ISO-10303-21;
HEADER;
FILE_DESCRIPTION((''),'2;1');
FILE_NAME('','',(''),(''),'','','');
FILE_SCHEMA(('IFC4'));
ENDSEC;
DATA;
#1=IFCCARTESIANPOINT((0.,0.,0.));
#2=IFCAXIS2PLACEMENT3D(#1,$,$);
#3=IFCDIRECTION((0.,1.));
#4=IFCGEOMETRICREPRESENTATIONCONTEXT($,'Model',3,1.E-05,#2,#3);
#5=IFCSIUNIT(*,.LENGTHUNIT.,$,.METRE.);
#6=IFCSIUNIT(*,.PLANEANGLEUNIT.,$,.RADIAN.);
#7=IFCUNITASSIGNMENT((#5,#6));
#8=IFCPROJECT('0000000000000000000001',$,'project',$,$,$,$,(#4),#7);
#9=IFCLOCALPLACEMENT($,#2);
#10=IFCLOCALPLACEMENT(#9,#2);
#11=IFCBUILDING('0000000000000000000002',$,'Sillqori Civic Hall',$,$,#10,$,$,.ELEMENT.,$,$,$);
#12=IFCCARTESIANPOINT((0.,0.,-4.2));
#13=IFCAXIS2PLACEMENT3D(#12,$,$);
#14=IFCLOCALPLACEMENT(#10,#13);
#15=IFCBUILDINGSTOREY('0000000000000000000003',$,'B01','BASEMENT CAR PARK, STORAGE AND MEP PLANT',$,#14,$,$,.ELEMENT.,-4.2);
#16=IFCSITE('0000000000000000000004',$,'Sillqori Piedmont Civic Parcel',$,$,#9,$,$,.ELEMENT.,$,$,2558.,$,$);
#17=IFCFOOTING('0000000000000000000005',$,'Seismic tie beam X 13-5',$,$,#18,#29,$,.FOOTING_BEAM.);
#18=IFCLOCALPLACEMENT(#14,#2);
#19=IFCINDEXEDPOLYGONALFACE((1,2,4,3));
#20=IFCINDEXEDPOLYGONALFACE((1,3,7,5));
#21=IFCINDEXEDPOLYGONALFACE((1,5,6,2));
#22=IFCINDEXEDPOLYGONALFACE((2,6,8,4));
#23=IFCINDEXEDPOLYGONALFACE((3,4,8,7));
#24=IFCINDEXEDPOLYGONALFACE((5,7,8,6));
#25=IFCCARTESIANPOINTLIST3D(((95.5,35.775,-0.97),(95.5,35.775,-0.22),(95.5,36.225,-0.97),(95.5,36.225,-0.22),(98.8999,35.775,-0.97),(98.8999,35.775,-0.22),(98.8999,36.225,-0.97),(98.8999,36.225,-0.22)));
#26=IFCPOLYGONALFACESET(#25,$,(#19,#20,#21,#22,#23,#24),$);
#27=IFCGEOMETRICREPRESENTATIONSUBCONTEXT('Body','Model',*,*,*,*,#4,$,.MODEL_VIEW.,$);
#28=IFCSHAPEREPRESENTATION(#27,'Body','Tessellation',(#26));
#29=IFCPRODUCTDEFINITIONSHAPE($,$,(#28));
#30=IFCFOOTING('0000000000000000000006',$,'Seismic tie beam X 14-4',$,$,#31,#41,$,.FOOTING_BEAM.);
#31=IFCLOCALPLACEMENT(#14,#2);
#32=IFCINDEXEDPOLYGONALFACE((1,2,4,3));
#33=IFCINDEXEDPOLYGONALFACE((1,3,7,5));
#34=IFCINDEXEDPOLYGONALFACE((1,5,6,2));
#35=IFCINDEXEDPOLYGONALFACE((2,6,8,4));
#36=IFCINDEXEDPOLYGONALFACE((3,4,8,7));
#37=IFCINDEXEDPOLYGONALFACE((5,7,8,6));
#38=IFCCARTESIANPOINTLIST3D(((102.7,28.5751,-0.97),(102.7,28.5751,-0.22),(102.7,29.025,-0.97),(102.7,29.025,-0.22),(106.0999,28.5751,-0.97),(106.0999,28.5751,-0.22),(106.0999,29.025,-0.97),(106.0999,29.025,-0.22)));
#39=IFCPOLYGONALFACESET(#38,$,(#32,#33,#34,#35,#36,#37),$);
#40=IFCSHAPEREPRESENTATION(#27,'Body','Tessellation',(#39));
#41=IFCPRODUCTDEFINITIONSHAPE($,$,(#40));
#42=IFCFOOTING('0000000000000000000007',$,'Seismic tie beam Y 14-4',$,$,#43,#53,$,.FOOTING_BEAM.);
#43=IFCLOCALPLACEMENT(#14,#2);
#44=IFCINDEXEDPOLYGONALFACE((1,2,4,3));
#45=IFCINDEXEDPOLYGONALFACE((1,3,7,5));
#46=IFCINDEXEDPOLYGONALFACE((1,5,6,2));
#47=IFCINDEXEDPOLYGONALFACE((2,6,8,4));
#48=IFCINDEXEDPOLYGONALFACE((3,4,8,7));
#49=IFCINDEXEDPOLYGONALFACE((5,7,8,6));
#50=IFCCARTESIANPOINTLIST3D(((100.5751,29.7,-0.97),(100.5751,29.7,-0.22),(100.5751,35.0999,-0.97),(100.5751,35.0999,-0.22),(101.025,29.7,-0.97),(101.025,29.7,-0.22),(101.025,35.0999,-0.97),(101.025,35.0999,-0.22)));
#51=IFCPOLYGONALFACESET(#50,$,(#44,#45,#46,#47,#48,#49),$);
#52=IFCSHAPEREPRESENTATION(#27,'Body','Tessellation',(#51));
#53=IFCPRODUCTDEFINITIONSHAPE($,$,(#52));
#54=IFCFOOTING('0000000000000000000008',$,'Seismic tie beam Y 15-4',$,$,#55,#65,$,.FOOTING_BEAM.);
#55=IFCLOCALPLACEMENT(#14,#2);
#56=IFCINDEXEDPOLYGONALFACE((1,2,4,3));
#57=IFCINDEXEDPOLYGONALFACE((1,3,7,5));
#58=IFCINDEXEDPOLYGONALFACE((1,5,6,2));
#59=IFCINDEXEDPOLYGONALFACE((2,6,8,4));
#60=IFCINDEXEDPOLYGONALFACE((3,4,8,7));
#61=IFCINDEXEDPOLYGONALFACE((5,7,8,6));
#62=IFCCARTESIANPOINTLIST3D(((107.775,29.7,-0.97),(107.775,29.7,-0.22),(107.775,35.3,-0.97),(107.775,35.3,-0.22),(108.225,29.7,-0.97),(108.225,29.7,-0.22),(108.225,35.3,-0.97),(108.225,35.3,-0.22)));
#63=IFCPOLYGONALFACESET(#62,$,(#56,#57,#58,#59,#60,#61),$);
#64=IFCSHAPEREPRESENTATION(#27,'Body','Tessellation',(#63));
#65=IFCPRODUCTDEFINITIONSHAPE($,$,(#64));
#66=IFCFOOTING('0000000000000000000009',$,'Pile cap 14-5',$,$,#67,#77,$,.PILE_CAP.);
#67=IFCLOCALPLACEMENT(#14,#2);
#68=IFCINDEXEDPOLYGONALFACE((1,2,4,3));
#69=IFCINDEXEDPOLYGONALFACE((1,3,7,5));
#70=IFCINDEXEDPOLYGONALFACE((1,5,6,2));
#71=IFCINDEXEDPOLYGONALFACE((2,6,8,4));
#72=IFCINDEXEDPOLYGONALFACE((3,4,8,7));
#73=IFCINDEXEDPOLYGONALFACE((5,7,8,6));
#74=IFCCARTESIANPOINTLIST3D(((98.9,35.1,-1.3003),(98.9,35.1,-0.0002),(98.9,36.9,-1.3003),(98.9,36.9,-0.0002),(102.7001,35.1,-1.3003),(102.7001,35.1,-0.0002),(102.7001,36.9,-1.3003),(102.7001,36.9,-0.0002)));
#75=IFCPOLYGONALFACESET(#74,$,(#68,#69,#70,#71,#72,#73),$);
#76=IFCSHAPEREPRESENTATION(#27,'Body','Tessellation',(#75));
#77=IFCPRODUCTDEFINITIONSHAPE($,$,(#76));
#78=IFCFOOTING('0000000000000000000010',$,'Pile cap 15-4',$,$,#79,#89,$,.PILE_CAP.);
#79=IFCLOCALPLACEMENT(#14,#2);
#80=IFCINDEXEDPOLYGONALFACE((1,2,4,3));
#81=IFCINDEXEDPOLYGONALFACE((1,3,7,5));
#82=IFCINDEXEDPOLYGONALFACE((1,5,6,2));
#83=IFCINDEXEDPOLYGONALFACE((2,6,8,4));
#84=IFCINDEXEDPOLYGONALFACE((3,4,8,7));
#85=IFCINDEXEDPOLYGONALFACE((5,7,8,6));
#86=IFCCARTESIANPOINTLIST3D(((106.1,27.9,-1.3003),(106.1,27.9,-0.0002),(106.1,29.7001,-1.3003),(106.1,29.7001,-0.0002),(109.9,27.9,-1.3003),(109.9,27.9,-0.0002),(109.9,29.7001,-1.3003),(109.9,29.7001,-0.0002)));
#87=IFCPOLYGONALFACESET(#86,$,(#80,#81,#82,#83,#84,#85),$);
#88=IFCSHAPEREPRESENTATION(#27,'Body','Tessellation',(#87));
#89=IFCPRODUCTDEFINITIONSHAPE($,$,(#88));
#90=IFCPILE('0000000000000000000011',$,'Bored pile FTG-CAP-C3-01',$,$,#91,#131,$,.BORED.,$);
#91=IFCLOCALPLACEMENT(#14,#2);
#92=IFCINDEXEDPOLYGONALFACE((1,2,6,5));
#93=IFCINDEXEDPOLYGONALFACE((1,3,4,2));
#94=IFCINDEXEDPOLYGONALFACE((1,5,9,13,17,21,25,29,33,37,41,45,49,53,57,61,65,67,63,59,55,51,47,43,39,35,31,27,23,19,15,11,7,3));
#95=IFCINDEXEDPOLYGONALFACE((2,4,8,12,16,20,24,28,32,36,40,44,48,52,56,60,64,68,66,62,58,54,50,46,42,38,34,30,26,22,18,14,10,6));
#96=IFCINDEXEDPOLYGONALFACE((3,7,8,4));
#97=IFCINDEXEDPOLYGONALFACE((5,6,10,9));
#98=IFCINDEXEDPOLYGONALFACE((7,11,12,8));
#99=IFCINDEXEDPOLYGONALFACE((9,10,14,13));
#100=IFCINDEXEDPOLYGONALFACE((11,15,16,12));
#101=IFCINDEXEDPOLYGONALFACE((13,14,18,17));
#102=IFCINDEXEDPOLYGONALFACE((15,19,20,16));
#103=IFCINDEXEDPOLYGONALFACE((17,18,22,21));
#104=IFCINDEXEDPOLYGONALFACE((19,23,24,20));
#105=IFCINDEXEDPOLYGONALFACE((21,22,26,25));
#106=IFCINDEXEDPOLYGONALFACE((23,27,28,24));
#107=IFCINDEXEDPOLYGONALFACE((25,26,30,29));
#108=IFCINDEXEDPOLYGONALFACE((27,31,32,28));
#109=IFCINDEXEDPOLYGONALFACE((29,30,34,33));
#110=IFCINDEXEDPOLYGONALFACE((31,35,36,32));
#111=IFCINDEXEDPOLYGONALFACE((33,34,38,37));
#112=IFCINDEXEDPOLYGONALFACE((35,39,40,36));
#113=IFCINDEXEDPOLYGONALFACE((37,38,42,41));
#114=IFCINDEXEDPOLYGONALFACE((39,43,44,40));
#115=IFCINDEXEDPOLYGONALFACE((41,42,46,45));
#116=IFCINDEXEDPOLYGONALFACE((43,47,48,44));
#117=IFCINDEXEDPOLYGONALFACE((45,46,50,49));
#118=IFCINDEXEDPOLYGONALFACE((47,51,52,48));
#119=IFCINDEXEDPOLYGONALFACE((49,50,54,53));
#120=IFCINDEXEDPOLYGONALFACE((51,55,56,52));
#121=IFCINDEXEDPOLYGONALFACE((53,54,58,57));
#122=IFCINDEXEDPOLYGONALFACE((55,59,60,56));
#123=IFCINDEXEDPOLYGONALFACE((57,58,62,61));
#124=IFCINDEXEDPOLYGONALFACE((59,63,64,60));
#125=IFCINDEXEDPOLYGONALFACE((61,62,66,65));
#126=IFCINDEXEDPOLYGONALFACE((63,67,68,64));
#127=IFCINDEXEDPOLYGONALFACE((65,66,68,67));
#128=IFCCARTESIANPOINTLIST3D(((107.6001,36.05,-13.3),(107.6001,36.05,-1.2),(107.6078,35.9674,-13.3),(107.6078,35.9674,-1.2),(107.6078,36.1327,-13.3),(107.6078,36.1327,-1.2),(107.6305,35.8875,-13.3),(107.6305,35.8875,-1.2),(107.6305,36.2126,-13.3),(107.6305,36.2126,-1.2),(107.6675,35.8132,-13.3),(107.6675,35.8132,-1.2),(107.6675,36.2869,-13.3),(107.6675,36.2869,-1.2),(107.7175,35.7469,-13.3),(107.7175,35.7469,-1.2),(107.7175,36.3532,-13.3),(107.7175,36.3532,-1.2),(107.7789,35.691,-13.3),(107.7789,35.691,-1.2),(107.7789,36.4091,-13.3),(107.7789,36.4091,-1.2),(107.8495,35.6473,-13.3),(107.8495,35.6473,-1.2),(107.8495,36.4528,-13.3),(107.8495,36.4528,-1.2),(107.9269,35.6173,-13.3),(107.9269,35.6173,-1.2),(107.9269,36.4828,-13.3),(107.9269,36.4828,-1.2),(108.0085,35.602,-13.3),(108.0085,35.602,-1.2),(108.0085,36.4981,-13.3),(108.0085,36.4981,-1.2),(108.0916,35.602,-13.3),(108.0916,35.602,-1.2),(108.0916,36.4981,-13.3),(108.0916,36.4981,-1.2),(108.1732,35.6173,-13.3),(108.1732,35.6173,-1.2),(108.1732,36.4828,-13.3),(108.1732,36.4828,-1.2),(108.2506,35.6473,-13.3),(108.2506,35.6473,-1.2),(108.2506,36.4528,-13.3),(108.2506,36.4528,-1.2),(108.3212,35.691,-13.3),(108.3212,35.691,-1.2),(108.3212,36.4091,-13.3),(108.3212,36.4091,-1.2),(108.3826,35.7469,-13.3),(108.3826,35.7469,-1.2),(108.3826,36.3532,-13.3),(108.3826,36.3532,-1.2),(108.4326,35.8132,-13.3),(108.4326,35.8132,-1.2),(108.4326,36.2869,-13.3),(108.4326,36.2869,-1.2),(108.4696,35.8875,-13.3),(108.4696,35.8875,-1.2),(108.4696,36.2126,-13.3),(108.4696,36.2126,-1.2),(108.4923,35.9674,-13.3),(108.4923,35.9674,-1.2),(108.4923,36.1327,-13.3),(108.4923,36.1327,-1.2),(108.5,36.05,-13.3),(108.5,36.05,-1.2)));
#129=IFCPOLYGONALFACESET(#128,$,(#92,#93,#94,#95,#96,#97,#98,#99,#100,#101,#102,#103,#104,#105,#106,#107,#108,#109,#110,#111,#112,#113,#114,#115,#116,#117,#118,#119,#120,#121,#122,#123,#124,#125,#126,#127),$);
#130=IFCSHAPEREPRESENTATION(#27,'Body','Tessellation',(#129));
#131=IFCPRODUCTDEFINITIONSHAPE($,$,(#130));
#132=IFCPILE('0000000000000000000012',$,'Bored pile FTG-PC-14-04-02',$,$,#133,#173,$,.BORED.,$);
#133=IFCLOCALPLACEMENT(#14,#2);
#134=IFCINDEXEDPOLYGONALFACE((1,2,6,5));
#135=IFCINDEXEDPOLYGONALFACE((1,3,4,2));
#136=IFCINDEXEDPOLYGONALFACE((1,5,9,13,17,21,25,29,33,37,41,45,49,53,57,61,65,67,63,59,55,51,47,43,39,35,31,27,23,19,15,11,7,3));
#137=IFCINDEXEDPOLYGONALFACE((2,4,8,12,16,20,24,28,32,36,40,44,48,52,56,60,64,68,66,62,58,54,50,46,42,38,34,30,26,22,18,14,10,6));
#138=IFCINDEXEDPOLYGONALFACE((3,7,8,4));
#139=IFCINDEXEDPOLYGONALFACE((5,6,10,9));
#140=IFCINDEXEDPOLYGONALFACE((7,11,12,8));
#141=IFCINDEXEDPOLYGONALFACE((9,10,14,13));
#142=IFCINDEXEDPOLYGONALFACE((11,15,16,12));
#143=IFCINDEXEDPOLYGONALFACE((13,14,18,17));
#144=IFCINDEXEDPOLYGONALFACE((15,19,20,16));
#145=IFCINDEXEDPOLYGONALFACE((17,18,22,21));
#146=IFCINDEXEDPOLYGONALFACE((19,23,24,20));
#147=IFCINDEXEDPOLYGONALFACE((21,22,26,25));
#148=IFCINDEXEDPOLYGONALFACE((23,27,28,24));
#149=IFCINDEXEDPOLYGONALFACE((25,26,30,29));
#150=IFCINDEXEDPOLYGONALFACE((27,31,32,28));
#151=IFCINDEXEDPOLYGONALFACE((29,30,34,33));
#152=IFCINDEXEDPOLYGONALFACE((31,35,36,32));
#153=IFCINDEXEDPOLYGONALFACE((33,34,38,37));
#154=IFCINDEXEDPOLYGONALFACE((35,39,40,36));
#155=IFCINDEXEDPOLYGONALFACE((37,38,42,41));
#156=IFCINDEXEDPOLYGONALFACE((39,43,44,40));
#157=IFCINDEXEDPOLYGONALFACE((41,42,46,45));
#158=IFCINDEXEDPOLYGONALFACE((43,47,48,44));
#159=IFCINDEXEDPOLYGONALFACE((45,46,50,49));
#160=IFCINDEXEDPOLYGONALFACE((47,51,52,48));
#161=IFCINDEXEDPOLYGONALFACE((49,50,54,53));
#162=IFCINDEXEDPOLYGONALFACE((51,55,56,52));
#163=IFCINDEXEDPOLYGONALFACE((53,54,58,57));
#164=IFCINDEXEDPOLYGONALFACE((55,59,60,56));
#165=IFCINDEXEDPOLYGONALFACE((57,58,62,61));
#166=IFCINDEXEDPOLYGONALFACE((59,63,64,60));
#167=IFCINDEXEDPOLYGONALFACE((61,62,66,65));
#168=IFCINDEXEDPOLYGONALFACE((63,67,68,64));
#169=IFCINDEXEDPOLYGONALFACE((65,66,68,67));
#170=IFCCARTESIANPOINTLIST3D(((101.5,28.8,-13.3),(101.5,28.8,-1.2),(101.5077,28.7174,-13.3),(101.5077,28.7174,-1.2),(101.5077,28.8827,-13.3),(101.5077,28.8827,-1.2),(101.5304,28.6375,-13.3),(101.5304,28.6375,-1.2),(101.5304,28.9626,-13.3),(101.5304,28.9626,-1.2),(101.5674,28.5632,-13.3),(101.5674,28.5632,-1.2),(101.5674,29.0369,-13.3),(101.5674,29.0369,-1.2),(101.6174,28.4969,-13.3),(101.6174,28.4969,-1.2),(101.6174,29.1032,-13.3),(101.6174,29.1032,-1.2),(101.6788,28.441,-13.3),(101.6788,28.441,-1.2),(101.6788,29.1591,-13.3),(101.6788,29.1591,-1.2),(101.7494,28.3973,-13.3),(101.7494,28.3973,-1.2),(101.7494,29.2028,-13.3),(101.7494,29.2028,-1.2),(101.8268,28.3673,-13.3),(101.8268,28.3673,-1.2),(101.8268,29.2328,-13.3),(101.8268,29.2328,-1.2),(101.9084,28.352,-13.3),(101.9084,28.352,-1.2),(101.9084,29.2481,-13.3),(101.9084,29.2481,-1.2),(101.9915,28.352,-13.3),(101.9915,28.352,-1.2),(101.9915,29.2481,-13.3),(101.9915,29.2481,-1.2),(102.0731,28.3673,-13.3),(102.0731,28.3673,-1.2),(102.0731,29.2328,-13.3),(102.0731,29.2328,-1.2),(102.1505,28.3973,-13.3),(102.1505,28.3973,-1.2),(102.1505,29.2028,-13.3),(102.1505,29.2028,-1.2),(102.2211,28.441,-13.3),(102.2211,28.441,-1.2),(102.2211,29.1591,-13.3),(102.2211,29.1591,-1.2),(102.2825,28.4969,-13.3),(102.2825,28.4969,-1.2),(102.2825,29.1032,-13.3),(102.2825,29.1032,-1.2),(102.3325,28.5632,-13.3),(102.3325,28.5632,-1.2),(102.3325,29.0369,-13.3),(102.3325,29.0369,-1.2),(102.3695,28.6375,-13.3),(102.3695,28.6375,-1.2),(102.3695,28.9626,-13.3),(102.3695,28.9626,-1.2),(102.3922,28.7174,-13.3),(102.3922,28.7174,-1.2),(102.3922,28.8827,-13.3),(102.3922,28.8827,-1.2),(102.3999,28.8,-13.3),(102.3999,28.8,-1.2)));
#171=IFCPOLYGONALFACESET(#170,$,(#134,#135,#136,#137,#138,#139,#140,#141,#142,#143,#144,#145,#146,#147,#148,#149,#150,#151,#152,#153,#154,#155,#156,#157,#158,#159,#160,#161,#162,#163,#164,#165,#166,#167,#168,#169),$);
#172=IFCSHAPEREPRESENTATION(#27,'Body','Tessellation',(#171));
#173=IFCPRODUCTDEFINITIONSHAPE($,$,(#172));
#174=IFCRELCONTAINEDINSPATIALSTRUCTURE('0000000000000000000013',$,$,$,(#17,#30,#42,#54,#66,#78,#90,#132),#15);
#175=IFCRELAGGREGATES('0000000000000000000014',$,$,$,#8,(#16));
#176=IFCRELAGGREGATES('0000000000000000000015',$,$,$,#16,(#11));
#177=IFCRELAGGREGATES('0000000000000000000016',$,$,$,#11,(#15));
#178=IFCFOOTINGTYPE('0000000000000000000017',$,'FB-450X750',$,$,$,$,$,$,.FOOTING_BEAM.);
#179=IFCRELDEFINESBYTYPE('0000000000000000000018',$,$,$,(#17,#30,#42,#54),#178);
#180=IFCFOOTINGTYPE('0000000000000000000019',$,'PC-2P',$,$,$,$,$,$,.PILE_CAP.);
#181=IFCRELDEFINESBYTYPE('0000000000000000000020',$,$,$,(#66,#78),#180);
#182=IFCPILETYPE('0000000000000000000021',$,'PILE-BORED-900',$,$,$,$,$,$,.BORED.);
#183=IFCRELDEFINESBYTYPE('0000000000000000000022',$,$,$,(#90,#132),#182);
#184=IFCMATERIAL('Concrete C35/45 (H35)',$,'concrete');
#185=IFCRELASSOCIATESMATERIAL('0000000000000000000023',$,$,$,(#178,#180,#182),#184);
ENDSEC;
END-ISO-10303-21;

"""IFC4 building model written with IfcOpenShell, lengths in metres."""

from ifc_helpers import new_model, si_unit, direction, frame, origin, origin_2d, place, context, subcontext, project, spatial, rectangle, circle, extrude, material, material_profile, profile_set, type_object, element, save


model = new_model("IFC4")

# Units and contexts
model_context = context("Model", 3, precision=1e-05, world=origin(), true_north=direction((0.0, 1.0)))
body_context = subcontext(model_context, "Body", "Model", "MODEL_VIEW")
ifc_project = project(units=[si_unit("LENGTHUNIT", "METRE"), si_unit("PLANEANGLEUNIT", "RADIAN")], contexts=[model_context])

# Site, building, storey
site_placement = place(None, origin())
site = spatial("IfcSite", under=ifc_project, at=site_placement, Name="Sillqori Piedmont Civic Parcel", CompositionType="ELEMENT", RefElevation=2558.0)
building_placement = place(site_placement, origin())
building = spatial("IfcBuilding", under=site, at=building_placement, Name="Sillqori Civic Hall", CompositionType="ELEMENT")
storey_placement = place(building_placement, frame((0.0, 0.0, -4.2)))
storey = spatial("IfcBuildingStorey", under=building, at=storey_placement, Name="B01", Description="BASEMENT CAR PARK, STORAGE AND MEP PLANT", CompositionType="ELEMENT", Elevation=-4.2)

# Footings
ifc_material_1 = material(Name="Concrete C35/45 (H35)", Category="concrete")
footing_type_1 = type_object("IfcFootingType", Name="FB-450X750", PredefinedType="FOOTING_BEAM", material=ifc_material_1)
for number, where, z_axis, x_axis, name in (
    (1, (97.2, 36.0, -0.97), (0.0, 0.0, 1.0), (1.0, 0.0, 0.0), "Seismic tie beam X 13-5"),
    (2, (104.3999, 28.8, -0.97), (0.0, 0.0, 1.0), (1.0, 0.0, 0.0), "Seismic tie beam X 14-4"),
):
    element("IfcFooting", number, at=place(storey_placement, frame(where, z_axis=z_axis, x_axis=x_axis)), inside=storey, type_object=footing_type_1, Name=name, PredefinedType="FOOTING_BEAM", context=body_context, shape_type="SweptSolid", body=[
        extrude(rectangle(XDim=3.3999, YDim=0.45, at=origin_2d()), origin(), (0.0, 0.0, 1.0), 0.75),
    ])
footing_1_placement = place(storey_placement, frame((100.8, 32.3999, -0.97), z_axis=(0.0, 0.0, 1.0), x_axis=(1.0, 0.0, 0.0)))
element("IfcFooting", 3, at=footing_1_placement, inside=storey, type_object=footing_type_1, Name="Seismic tie beam Y 14-4", PredefinedType="FOOTING_BEAM", context=body_context, shape_type="SweptSolid", body=[
    extrude(rectangle(XDim=0.45, YDim=5.3999, at=origin_2d()), origin(), (0.0, 0.0, 1.0), 0.75),
])
footing_2_placement = place(storey_placement, frame((108.0, 32.5, -0.97), z_axis=(0.0, 0.0, 1.0), x_axis=(1.0, 0.0, 0.0)))
element("IfcFooting", 4, at=footing_2_placement, inside=storey, type_object=footing_type_1, Name="Seismic tie beam Y 15-4", PredefinedType="FOOTING_BEAM", context=body_context, shape_type="SweptSolid", body=[
    extrude(rectangle(XDim=0.45, YDim=5.6001, at=origin_2d()), origin(), (0.0, 0.0, 1.0), 0.75),
])
footing_type_2 = type_object("IfcFootingType", Name="PC-2P", PredefinedType="PILE_CAP", material=ifc_material_1)
for number, where, z_axis, x_axis, name in (
    (5, (100.8, 36.0, -1.3003), (0.0, 0.0, 1.0), (1.0, 0.0, 0.0), "Pile cap 14-5"),
    (6, (108.0, 28.8, -1.3003), (0.0, 0.0, 1.0), (1.0, 0.0, 0.0), "Pile cap 15-4"),
):
    element("IfcFooting", number, at=place(storey_placement, frame(where, z_axis=z_axis, x_axis=x_axis)), inside=storey, type_object=footing_type_2, Name=name, PredefinedType="PILE_CAP", context=body_context, shape_type="SweptSolid", body=[
        extrude(rectangle(XDim=3.8, YDim=1.8, at=origin_2d()), origin(), (0.0, 0.0, 1.0), 1.3),
    ])

# Piles
ifc_material_profile_1 = material_profile(ifc_material_1, circle(Radius=0.45, at=origin_2d()), Name="BORED PILE 900")
ifc_profile_set_1 = profile_set([ifc_material_profile_1], Name="Concrete C35/45 (H35)")
pile_type = type_object("IfcPileType", Name="PILE-BORED-900", PredefinedType="BORED", material=ifc_profile_set_1)
for number, where, z_axis, x_axis, name in (
    (7, (108.05, 36.05, -1.2), (0.0, 0.0, -1.0), (1.0, 0.0, 0.0), "Bored pile FTG-CAP-C3-01"),
    (8, (101.95, 28.8, -1.2), (0.0, 0.0, -1.0), (1.0, 0.0, 0.0), "Bored pile FTG-PC-14-04-02"),
):
    element("IfcPile", number, at=place(storey_placement, frame(where, z_axis=z_axis, x_axis=x_axis)), inside=storey, type_object=pile_type, Name=name, PredefinedType="BORED", context=body_context, shape_type="SweptSolid", body=[
        extrude(circle(Radius=0.45, at=origin_2d()), origin(), (0.0, 0.0, 1.0), 12.1001),
    ])

save(model, "model.ifc")
